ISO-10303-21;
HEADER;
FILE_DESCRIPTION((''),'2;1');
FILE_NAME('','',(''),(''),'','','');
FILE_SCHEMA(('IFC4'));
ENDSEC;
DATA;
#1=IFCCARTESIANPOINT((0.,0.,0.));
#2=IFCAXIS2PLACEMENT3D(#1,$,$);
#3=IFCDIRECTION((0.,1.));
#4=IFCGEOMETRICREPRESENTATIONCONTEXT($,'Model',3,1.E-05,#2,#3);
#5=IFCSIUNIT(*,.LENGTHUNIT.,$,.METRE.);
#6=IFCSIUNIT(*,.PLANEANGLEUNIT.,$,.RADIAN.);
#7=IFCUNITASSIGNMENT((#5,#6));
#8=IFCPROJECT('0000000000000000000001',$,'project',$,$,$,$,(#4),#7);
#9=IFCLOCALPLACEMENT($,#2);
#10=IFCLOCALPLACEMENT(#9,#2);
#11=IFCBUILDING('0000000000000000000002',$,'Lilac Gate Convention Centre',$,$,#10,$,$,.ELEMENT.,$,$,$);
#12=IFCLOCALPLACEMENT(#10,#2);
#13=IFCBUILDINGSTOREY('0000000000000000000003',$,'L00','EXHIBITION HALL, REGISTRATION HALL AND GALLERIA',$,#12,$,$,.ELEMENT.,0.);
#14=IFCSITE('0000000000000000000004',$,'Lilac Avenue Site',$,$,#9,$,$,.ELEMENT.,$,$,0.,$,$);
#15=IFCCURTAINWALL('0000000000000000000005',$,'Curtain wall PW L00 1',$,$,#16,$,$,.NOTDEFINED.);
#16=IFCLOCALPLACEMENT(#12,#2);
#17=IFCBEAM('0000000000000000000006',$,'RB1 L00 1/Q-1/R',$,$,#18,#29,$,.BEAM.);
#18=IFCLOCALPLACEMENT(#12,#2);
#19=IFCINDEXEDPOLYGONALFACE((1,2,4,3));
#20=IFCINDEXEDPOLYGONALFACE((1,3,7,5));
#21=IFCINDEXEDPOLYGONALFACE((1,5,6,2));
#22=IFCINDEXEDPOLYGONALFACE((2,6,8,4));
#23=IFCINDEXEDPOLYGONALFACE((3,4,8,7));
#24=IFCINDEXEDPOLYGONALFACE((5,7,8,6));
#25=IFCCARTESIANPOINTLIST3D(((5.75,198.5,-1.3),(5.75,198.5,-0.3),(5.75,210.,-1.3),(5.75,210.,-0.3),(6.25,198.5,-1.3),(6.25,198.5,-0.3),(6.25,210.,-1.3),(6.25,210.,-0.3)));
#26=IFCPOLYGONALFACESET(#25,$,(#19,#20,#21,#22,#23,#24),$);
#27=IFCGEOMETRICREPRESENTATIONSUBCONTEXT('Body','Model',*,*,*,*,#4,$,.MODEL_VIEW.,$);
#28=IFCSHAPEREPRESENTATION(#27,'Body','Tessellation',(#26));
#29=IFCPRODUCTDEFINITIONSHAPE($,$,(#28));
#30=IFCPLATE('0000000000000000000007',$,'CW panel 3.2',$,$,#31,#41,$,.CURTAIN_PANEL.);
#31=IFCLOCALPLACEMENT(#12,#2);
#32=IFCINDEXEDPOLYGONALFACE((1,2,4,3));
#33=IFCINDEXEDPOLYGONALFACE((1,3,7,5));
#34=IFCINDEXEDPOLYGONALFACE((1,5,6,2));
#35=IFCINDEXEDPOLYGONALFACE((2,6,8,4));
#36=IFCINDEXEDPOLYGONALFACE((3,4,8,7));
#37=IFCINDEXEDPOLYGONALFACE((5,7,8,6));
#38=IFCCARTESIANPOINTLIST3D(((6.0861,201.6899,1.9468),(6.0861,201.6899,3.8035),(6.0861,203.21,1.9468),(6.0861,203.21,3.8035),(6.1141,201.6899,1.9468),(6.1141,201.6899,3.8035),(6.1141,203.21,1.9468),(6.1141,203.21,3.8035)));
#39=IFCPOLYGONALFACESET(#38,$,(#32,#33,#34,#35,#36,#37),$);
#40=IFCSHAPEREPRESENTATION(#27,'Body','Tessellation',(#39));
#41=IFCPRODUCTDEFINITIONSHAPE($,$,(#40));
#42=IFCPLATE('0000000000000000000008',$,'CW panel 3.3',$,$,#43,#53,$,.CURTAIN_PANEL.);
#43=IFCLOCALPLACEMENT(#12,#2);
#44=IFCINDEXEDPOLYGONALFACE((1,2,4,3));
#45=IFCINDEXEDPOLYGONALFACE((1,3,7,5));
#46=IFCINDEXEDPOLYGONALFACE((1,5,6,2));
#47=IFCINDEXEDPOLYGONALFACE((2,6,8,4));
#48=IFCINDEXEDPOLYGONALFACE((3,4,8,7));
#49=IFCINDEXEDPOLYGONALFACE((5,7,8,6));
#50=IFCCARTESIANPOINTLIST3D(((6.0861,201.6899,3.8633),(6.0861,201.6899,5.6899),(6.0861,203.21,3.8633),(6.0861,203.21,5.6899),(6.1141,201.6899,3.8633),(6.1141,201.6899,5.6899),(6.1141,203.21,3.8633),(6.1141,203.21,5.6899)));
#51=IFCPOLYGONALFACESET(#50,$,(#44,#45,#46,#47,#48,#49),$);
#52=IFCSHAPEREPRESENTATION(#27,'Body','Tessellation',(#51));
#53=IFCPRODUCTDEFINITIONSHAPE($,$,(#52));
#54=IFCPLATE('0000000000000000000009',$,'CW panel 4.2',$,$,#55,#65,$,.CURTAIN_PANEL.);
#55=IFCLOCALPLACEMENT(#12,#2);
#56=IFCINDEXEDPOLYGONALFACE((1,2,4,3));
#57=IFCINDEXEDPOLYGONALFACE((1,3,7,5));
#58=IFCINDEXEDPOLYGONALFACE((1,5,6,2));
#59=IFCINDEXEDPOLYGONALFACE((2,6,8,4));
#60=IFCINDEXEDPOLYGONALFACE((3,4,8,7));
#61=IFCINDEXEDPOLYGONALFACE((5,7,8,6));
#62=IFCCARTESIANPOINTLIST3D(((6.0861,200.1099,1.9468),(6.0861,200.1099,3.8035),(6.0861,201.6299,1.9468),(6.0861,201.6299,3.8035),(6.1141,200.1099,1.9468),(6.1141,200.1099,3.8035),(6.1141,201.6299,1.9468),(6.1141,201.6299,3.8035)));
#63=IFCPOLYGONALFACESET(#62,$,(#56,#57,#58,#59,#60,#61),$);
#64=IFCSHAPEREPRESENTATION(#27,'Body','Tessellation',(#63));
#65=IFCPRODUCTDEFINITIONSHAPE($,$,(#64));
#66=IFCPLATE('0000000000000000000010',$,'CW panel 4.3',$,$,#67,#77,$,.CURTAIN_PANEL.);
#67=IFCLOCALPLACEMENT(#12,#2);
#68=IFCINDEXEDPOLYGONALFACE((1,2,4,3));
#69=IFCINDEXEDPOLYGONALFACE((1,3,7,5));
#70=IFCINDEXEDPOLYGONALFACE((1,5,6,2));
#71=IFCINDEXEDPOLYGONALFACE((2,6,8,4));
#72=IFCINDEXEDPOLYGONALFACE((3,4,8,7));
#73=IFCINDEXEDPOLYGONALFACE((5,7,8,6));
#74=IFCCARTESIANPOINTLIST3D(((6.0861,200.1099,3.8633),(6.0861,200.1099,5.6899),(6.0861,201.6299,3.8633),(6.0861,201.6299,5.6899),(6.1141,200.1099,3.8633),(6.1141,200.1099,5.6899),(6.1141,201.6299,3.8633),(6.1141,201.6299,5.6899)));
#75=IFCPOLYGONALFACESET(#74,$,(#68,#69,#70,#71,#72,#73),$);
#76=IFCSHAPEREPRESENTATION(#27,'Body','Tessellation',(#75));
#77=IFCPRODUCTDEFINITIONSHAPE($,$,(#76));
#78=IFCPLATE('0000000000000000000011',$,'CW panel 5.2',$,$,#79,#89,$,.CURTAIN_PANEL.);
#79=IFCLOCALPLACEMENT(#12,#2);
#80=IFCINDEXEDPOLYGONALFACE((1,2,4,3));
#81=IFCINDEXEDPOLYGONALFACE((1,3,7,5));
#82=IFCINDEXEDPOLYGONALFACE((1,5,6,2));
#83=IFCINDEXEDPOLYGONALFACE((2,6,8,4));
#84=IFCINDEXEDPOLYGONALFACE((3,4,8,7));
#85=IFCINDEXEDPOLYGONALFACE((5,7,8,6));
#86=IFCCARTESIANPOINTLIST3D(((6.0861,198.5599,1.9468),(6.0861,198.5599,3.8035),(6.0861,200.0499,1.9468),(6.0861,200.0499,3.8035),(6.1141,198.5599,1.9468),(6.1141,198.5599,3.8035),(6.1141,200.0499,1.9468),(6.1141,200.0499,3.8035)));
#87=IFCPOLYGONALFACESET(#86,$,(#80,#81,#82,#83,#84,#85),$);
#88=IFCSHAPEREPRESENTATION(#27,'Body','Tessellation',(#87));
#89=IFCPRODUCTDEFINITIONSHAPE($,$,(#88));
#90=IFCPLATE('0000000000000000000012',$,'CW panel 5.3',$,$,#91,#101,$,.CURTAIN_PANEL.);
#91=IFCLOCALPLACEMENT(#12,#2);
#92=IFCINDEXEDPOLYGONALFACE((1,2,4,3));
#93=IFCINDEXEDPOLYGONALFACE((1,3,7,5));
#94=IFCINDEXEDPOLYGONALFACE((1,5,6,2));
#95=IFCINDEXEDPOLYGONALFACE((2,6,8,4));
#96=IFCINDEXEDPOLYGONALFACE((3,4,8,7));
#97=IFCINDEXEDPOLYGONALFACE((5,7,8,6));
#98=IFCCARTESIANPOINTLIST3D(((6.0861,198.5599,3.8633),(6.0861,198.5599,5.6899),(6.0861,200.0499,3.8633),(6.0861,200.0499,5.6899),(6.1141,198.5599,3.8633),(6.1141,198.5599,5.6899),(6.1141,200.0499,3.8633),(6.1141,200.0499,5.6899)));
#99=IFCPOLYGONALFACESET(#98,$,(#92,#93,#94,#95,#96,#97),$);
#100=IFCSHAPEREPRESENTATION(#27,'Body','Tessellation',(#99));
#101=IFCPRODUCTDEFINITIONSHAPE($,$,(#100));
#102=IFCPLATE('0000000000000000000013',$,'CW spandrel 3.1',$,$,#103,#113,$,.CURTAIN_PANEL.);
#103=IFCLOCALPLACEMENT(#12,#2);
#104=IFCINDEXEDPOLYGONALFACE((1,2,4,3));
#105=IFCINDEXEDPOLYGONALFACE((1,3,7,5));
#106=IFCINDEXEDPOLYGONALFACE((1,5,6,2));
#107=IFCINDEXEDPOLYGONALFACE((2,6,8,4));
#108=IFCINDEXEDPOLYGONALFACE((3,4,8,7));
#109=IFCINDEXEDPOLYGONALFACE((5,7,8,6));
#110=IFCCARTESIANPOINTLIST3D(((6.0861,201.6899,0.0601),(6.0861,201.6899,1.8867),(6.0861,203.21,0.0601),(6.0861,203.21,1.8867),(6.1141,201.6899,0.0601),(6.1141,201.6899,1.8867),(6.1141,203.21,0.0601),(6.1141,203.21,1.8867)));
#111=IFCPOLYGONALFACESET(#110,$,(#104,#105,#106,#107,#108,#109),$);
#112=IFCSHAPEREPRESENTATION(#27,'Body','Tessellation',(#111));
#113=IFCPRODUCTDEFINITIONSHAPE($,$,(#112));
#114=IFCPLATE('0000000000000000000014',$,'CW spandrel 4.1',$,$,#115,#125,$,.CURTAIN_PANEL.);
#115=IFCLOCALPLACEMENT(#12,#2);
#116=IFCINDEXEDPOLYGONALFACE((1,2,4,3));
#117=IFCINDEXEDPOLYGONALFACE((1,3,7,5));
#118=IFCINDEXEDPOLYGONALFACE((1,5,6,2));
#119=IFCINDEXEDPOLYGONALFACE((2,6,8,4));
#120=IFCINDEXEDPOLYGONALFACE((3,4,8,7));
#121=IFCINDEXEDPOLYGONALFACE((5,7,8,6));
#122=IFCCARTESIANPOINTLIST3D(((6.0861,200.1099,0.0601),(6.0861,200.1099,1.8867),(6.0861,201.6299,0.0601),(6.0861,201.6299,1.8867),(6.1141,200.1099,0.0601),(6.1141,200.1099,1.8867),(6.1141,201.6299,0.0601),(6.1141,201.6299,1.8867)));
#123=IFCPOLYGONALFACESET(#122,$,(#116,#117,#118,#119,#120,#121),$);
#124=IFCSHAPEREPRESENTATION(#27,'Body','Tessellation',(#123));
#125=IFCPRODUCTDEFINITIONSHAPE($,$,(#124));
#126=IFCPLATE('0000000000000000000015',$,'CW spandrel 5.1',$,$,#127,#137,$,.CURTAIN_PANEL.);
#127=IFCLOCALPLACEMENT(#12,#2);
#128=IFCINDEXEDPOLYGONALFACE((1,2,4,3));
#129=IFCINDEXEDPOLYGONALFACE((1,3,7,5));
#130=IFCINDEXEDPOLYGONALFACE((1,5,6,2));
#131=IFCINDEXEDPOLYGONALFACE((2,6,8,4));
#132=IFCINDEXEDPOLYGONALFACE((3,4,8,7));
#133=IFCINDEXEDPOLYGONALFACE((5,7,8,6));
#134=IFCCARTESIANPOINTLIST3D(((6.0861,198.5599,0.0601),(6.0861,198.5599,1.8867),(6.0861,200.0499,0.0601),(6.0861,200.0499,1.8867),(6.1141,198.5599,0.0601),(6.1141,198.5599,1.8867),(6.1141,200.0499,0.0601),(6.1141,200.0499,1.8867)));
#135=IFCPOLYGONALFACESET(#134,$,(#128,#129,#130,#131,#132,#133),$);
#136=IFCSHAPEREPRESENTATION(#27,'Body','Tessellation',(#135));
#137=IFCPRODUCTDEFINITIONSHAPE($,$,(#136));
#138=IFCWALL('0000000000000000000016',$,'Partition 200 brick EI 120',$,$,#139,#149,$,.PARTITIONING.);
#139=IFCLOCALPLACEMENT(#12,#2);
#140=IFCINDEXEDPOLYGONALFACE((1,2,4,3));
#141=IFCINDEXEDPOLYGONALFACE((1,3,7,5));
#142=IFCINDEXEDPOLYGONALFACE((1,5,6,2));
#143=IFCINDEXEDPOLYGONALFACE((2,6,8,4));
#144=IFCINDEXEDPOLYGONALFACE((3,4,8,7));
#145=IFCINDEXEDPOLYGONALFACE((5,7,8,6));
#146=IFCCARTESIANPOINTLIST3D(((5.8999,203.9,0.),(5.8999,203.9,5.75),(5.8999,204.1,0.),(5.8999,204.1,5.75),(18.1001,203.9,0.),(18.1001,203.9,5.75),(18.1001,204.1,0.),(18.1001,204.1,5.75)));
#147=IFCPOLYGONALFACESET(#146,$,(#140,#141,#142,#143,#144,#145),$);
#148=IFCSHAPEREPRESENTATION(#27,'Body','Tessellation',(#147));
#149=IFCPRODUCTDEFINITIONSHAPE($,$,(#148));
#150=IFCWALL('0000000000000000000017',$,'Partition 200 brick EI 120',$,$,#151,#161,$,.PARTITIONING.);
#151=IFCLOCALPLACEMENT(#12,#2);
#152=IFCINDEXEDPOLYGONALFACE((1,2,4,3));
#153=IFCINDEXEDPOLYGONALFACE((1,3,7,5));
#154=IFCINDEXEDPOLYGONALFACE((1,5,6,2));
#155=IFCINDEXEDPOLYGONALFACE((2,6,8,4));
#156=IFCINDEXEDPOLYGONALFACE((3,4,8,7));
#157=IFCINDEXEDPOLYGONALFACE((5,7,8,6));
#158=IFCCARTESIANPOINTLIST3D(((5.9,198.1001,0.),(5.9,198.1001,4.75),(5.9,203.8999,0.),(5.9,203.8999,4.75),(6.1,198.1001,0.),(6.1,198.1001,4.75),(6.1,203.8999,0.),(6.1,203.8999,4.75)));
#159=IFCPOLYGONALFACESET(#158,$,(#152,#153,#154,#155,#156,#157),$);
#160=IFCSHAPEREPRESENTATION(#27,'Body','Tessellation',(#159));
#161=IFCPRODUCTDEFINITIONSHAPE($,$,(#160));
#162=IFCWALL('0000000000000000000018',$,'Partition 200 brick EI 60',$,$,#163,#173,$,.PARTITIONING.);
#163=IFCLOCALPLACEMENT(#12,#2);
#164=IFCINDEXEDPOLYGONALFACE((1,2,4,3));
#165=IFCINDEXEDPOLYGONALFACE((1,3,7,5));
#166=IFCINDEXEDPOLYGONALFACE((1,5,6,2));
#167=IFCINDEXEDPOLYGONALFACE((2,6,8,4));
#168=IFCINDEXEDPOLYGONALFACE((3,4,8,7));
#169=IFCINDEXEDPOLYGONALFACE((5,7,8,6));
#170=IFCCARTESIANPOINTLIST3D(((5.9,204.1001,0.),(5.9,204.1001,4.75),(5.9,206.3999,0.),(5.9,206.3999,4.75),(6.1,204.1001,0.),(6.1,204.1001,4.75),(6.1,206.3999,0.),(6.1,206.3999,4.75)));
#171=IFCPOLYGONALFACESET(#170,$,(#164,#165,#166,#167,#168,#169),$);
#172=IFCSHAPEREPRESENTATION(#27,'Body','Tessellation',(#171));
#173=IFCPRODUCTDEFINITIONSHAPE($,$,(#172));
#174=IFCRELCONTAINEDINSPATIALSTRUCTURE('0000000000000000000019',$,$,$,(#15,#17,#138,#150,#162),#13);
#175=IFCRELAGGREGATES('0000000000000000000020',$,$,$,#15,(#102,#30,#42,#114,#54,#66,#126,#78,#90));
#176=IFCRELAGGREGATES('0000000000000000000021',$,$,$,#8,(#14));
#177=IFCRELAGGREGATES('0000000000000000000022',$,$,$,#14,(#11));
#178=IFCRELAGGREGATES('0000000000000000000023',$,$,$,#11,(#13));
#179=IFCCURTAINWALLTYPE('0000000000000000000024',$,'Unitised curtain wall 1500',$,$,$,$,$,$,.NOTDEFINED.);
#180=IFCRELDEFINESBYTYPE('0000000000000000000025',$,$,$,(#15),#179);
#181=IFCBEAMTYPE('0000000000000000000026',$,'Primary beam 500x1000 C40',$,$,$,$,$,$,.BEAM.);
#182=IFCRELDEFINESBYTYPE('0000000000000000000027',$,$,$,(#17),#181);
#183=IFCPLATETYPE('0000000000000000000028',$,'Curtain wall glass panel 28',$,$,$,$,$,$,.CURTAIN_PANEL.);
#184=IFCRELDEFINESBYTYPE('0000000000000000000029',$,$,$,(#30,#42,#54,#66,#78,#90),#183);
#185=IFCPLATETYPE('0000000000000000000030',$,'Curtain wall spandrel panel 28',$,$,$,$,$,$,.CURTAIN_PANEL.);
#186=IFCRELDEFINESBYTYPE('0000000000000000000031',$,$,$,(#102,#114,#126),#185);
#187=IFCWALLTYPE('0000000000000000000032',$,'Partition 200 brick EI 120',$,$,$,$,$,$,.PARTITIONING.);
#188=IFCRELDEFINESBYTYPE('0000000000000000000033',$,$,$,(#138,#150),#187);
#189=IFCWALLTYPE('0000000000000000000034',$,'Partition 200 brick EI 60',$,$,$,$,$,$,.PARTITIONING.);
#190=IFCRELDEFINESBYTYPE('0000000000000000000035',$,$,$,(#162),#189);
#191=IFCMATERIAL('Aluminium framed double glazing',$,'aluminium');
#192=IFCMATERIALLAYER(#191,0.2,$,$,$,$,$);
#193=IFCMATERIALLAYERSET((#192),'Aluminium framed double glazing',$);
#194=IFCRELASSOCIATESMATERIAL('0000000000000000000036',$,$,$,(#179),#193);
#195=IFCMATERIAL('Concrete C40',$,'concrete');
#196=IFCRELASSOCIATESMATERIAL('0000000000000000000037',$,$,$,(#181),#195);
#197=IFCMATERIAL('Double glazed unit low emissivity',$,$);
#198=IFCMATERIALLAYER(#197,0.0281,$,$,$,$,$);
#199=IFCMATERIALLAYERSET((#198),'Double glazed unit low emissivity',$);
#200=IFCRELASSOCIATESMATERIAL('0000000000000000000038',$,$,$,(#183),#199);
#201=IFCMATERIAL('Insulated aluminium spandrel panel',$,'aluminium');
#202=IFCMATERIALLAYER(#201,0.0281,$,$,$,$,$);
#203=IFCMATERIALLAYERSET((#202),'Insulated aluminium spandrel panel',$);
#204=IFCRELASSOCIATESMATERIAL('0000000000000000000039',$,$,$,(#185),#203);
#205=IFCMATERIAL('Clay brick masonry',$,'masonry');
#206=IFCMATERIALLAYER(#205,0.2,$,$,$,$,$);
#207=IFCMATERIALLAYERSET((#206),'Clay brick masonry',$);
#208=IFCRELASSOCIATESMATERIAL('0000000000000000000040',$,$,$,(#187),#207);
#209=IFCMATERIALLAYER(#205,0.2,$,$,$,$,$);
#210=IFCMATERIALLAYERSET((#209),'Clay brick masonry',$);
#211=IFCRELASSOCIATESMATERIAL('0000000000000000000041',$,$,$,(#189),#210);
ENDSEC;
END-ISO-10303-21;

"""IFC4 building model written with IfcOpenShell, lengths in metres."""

from ifc_helpers import new_model, si_unit, direction, frame, frame_2d, origin, origin_2d, place, context, subcontext, project, spatial, rectangle, extrude, material, layer, layer_set, material_profile, profile_set, type_object, element, aggregate, save


model = new_model("IFC4")

# Units and contexts
model_context = context("Model", 3, precision=1e-05, world=origin(), true_north=direction((0.0, 1.0)))
body_context = subcontext(model_context, "Body", "Model", "MODEL_VIEW")
ifc_project = project(units=[si_unit("LENGTHUNIT", "METRE"), si_unit("PLANEANGLEUNIT", "RADIAN")], contexts=[model_context])

# Site, building, storey
site_placement = place(None, origin())
site = spatial("IfcSite", under=ifc_project, at=site_placement, Name="Lilac Avenue Site", CompositionType="ELEMENT", RefElevation=0.0)
building_placement = place(site_placement, origin())
building = spatial("IfcBuilding", under=site, at=building_placement, Name="Lilac Gate Convention Centre", CompositionType="ELEMENT")
storey_placement = place(building_placement, origin())
storey = spatial("IfcBuildingStorey", under=building, at=storey_placement, Name="L00", Description="EXHIBITION HALL, REGISTRATION HALL AND GALLERIA", CompositionType="ELEMENT", Elevation=0.0)

# Curtain wall
ifc_material_1 = material(Name="Aluminium framed double glazing", Category="aluminium")
ifc_layer_1 = layer(ifc_material_1, 0.2)
ifc_layer_set_1 = layer_set([ifc_layer_1], Name="Aluminium framed double glazing")
curtain_wall_type = type_object("IfcCurtainWallType", Name="Unitised curtain wall 1500", PredefinedType="NOTDEFINED", material=ifc_layer_set_1)
curtain_wall_placement = place(storey_placement, origin())
curtain_wall = element("IfcCurtainWall", 1, at=curtain_wall_placement, inside=storey, type_object=curtain_wall_type, Name="Curtain wall PW L00 1", PredefinedType="NOTDEFINED")

# Beam
ifc_material_2 = material(Name="Concrete C40", Category="concrete")
ifc_material_profile_1 = material_profile(ifc_material_2, rectangle(XDim=0.5, YDim=1.0, at=origin_2d()), Name="RC 500x1000")
ifc_profile_set_1 = profile_set([ifc_material_profile_1], Name="Concrete C40")
beam_type = type_object("IfcBeamType", Name="Primary beam 500x1000 C40", PredefinedType="BEAM", material=ifc_profile_set_1)
beam_placement = place(storey_placement, frame((6.0, 198.5, -0.8), z_axis=(0.0, 1.0, 0.0), x_axis=(-1.0, 0.0, 0.0)))
element("IfcBeam", 2, at=beam_placement, inside=storey, type_object=beam_type, Name="RB1 L00 1/Q-1/R", PredefinedType="BEAM", context=body_context, shape_type="SweptSolid", body=[
    extrude(rectangle(XDim=0.5, YDim=1.0, at=origin_2d()), origin(), (0.0, 0.0, 1.0), 11.5),
])

# Plates
ifc_material_3 = material(Name="Double glazed unit low emissivity")
ifc_layer_2 = layer(ifc_material_3, 0.0281)
ifc_layer_set_2 = layer_set([ifc_layer_2], Name="Double glazed unit low emissivity")
plate_type_1 = type_object("IfcPlateType", Name="Curtain wall glass panel 28", PredefinedType="CURTAIN_PANEL", material=ifc_layer_set_2)
plate_1_placement = place(storey_placement, frame((6.1001, 202.45, 1.9468), z_axis=(0.0, 0.0, 1.0), x_axis=(0.0, -1.0, 0.0)))
plate_1 = element("IfcPlate", 3, at=plate_1_placement, type_object=plate_type_1, Name="CW panel 3.2", PredefinedType="CURTAIN_PANEL", context=body_context, shape_type="SweptSolid", body=[
    extrude(rectangle(XDim=1.52, YDim=0.0281, at=origin_2d()), origin(), (0.0, 0.0, 1.0), 1.8567),
])
plate_2_placement = place(storey_placement, frame((6.1001, 202.45, 3.8633), z_axis=(0.0, 0.0, 1.0), x_axis=(0.0, -1.0, 0.0)))
plate_2 = element("IfcPlate", 4, at=plate_2_placement, type_object=plate_type_1, Name="CW panel 3.3", PredefinedType="CURTAIN_PANEL", context=body_context, shape_type="SweptSolid", body=[
    extrude(rectangle(XDim=1.52, YDim=0.0281, at=origin_2d()), origin(), (0.0, 0.0, 1.0), 1.8267),
])
plate_3_placement = place(storey_placement, frame((6.1001, 200.8699, 1.9468), z_axis=(0.0, 0.0, 1.0), x_axis=(0.0, -1.0, 0.0)))
plate_3 = element("IfcPlate", 5, at=plate_3_placement, type_object=plate_type_1, Name="CW panel 4.2", PredefinedType="CURTAIN_PANEL", context=body_context, shape_type="SweptSolid", body=[
    extrude(rectangle(XDim=1.52, YDim=0.0281, at=origin_2d()), origin(), (0.0, 0.0, 1.0), 1.8567),
])
plate_4_placement = place(storey_placement, frame((6.1001, 200.8699, 3.8633), z_axis=(0.0, 0.0, 1.0), x_axis=(0.0, -1.0, 0.0)))
plate_4 = element("IfcPlate", 6, at=plate_4_placement, type_object=plate_type_1, Name="CW panel 4.3", PredefinedType="CURTAIN_PANEL", context=body_context, shape_type="SweptSolid", body=[
    extrude(rectangle(XDim=1.52, YDim=0.0281, at=origin_2d()), origin(), (0.0, 0.0, 1.0), 1.8267),
])
plate_5_placement = place(storey_placement, frame((6.1001, 199.3049, 1.9468), z_axis=(0.0, 0.0, 1.0), x_axis=(0.0, -1.0, 0.0)))
plate_5 = element("IfcPlate", 7, at=plate_5_placement, type_object=plate_type_1, Name="CW panel 5.2", PredefinedType="CURTAIN_PANEL", context=body_context, shape_type="SweptSolid", body=[
    extrude(rectangle(XDim=1.49, YDim=0.0281, at=origin_2d()), origin(), (0.0, 0.0, 1.0), 1.8567),
])
plate_6_placement = place(storey_placement, frame((6.1001, 199.3049, 3.8633), z_axis=(0.0, 0.0, 1.0), x_axis=(0.0, -1.0, 0.0)))
plate_6 = element("IfcPlate", 8, at=plate_6_placement, type_object=plate_type_1, Name="CW panel 5.3", PredefinedType="CURTAIN_PANEL", context=body_context, shape_type="SweptSolid", body=[
    extrude(rectangle(XDim=1.49, YDim=0.0281, at=origin_2d()), origin(), (0.0, 0.0, 1.0), 1.8267),
])
ifc_material_4 = material(Name="Insulated aluminium spandrel panel", Category="aluminium")
ifc_layer_3 = layer(ifc_material_4, 0.0281)
ifc_layer_set_3 = layer_set([ifc_layer_3], Name="Insulated aluminium spandrel panel")
plate_type_2 = type_object("IfcPlateType", Name="Curtain wall spandrel panel 28", PredefinedType="CURTAIN_PANEL", material=ifc_layer_set_3)
plate_7_placement = place(storey_placement, frame((6.1001, 202.45, 0.0601), z_axis=(0.0, 0.0, 1.0), x_axis=(0.0, -1.0, 0.0)))
plate_7 = element("IfcPlate", 9, at=plate_7_placement, type_object=plate_type_2, Name="CW spandrel 3.1", PredefinedType="CURTAIN_PANEL", context=body_context, shape_type="SweptSolid", body=[
    extrude(rectangle(XDim=1.52, YDim=0.0281, at=origin_2d()), origin(), (0.0, 0.0, 1.0), 1.8267),
])
plate_8_placement = place(storey_placement, frame((6.1001, 200.8699, 0.0601), z_axis=(0.0, 0.0, 1.0), x_axis=(0.0, -1.0, 0.0)))
plate_8 = element("IfcPlate", 10, at=plate_8_placement, type_object=plate_type_2, Name="CW spandrel 4.1", PredefinedType="CURTAIN_PANEL", context=body_context, shape_type="SweptSolid", body=[
    extrude(rectangle(XDim=1.52, YDim=0.0281, at=origin_2d()), origin(), (0.0, 0.0, 1.0), 1.8267),
])
plate_9_placement = place(storey_placement, frame((6.1001, 199.3049, 0.0601), z_axis=(0.0, 0.0, 1.0), x_axis=(0.0, -1.0, 0.0)))
plate_9 = element("IfcPlate", 11, at=plate_9_placement, type_object=plate_type_2, Name="CW spandrel 5.1", PredefinedType="CURTAIN_PANEL", context=body_context, shape_type="SweptSolid", body=[
    extrude(rectangle(XDim=1.49, YDim=0.0281, at=origin_2d()), origin(), (0.0, 0.0, 1.0), 1.8267),
])
aggregate(curtain_wall, [plate_7, plate_1, plate_2, plate_8, plate_3, plate_4, plate_9, plate_5, plate_6])

# Walls
ifc_material_5 = material(Name="Clay brick masonry", Category="masonry")
ifc_layer_4 = layer(ifc_material_5, 0.2)
ifc_layer_set_4 = layer_set([ifc_layer_4], Name="Clay brick masonry")
wall_type_1 = type_object("IfcWallType", Name="Partition 200 brick EI 120", PredefinedType="PARTITIONING", material=ifc_layer_set_4)
wall_1_placement = place(storey_placement, frame((5.8999, 204.0, 0.0), z_axis=(0.0, 0.0, 1.0), x_axis=(1.0, 0.0, 0.0)))
element("IfcWall", 12, at=wall_1_placement, inside=storey, type_object=wall_type_1, Name="Partition 200 brick EI 120", PredefinedType="PARTITIONING", context=body_context, shape_type="SweptSolid", body=[
    extrude(rectangle(XDim=12.2002, YDim=0.2, at=frame_2d((6.1001, 0.0))), origin(), (0.0, 0.0, 1.0), 5.75),
])
wall_2_placement = place(storey_placement, frame((6.0, 198.1001, 0.0), z_axis=(0.0, 0.0, 1.0), x_axis=(0.0, 1.0, 0.0)))
element("IfcWall", 13, at=wall_2_placement, inside=storey, type_object=wall_type_1, Name="Partition 200 brick EI 120", PredefinedType="PARTITIONING", context=body_context, shape_type="SweptSolid", body=[
    extrude(rectangle(XDim=5.7998, YDim=0.2, at=frame_2d((2.8999, 0.0))), origin(), (0.0, 0.0, 1.0), 4.75),
])
ifc_layer_5 = layer(ifc_material_5, 0.2)
ifc_layer_set_5 = layer_set([ifc_layer_5], Name="Clay brick masonry")
wall_type_2 = type_object("IfcWallType", Name="Partition 200 brick EI 60", PredefinedType="PARTITIONING", material=ifc_layer_set_5)
wall_3_placement = place(storey_placement, frame((6.0, 204.1001, 0.0), z_axis=(0.0, 0.0, 1.0), x_axis=(0.0, 1.0, 0.0)))
element("IfcWall", 14, at=wall_3_placement, inside=storey, type_object=wall_type_2, Name="Partition 200 brick EI 60", PredefinedType="PARTITIONING", context=body_context, shape_type="SweptSolid", body=[
    extrude(rectangle(XDim=2.2998, YDim=0.2, at=frame_2d((1.1499, 0.0))), origin(), (0.0, 0.0, 1.0), 4.75),
])

save(model, "model.ifc")
